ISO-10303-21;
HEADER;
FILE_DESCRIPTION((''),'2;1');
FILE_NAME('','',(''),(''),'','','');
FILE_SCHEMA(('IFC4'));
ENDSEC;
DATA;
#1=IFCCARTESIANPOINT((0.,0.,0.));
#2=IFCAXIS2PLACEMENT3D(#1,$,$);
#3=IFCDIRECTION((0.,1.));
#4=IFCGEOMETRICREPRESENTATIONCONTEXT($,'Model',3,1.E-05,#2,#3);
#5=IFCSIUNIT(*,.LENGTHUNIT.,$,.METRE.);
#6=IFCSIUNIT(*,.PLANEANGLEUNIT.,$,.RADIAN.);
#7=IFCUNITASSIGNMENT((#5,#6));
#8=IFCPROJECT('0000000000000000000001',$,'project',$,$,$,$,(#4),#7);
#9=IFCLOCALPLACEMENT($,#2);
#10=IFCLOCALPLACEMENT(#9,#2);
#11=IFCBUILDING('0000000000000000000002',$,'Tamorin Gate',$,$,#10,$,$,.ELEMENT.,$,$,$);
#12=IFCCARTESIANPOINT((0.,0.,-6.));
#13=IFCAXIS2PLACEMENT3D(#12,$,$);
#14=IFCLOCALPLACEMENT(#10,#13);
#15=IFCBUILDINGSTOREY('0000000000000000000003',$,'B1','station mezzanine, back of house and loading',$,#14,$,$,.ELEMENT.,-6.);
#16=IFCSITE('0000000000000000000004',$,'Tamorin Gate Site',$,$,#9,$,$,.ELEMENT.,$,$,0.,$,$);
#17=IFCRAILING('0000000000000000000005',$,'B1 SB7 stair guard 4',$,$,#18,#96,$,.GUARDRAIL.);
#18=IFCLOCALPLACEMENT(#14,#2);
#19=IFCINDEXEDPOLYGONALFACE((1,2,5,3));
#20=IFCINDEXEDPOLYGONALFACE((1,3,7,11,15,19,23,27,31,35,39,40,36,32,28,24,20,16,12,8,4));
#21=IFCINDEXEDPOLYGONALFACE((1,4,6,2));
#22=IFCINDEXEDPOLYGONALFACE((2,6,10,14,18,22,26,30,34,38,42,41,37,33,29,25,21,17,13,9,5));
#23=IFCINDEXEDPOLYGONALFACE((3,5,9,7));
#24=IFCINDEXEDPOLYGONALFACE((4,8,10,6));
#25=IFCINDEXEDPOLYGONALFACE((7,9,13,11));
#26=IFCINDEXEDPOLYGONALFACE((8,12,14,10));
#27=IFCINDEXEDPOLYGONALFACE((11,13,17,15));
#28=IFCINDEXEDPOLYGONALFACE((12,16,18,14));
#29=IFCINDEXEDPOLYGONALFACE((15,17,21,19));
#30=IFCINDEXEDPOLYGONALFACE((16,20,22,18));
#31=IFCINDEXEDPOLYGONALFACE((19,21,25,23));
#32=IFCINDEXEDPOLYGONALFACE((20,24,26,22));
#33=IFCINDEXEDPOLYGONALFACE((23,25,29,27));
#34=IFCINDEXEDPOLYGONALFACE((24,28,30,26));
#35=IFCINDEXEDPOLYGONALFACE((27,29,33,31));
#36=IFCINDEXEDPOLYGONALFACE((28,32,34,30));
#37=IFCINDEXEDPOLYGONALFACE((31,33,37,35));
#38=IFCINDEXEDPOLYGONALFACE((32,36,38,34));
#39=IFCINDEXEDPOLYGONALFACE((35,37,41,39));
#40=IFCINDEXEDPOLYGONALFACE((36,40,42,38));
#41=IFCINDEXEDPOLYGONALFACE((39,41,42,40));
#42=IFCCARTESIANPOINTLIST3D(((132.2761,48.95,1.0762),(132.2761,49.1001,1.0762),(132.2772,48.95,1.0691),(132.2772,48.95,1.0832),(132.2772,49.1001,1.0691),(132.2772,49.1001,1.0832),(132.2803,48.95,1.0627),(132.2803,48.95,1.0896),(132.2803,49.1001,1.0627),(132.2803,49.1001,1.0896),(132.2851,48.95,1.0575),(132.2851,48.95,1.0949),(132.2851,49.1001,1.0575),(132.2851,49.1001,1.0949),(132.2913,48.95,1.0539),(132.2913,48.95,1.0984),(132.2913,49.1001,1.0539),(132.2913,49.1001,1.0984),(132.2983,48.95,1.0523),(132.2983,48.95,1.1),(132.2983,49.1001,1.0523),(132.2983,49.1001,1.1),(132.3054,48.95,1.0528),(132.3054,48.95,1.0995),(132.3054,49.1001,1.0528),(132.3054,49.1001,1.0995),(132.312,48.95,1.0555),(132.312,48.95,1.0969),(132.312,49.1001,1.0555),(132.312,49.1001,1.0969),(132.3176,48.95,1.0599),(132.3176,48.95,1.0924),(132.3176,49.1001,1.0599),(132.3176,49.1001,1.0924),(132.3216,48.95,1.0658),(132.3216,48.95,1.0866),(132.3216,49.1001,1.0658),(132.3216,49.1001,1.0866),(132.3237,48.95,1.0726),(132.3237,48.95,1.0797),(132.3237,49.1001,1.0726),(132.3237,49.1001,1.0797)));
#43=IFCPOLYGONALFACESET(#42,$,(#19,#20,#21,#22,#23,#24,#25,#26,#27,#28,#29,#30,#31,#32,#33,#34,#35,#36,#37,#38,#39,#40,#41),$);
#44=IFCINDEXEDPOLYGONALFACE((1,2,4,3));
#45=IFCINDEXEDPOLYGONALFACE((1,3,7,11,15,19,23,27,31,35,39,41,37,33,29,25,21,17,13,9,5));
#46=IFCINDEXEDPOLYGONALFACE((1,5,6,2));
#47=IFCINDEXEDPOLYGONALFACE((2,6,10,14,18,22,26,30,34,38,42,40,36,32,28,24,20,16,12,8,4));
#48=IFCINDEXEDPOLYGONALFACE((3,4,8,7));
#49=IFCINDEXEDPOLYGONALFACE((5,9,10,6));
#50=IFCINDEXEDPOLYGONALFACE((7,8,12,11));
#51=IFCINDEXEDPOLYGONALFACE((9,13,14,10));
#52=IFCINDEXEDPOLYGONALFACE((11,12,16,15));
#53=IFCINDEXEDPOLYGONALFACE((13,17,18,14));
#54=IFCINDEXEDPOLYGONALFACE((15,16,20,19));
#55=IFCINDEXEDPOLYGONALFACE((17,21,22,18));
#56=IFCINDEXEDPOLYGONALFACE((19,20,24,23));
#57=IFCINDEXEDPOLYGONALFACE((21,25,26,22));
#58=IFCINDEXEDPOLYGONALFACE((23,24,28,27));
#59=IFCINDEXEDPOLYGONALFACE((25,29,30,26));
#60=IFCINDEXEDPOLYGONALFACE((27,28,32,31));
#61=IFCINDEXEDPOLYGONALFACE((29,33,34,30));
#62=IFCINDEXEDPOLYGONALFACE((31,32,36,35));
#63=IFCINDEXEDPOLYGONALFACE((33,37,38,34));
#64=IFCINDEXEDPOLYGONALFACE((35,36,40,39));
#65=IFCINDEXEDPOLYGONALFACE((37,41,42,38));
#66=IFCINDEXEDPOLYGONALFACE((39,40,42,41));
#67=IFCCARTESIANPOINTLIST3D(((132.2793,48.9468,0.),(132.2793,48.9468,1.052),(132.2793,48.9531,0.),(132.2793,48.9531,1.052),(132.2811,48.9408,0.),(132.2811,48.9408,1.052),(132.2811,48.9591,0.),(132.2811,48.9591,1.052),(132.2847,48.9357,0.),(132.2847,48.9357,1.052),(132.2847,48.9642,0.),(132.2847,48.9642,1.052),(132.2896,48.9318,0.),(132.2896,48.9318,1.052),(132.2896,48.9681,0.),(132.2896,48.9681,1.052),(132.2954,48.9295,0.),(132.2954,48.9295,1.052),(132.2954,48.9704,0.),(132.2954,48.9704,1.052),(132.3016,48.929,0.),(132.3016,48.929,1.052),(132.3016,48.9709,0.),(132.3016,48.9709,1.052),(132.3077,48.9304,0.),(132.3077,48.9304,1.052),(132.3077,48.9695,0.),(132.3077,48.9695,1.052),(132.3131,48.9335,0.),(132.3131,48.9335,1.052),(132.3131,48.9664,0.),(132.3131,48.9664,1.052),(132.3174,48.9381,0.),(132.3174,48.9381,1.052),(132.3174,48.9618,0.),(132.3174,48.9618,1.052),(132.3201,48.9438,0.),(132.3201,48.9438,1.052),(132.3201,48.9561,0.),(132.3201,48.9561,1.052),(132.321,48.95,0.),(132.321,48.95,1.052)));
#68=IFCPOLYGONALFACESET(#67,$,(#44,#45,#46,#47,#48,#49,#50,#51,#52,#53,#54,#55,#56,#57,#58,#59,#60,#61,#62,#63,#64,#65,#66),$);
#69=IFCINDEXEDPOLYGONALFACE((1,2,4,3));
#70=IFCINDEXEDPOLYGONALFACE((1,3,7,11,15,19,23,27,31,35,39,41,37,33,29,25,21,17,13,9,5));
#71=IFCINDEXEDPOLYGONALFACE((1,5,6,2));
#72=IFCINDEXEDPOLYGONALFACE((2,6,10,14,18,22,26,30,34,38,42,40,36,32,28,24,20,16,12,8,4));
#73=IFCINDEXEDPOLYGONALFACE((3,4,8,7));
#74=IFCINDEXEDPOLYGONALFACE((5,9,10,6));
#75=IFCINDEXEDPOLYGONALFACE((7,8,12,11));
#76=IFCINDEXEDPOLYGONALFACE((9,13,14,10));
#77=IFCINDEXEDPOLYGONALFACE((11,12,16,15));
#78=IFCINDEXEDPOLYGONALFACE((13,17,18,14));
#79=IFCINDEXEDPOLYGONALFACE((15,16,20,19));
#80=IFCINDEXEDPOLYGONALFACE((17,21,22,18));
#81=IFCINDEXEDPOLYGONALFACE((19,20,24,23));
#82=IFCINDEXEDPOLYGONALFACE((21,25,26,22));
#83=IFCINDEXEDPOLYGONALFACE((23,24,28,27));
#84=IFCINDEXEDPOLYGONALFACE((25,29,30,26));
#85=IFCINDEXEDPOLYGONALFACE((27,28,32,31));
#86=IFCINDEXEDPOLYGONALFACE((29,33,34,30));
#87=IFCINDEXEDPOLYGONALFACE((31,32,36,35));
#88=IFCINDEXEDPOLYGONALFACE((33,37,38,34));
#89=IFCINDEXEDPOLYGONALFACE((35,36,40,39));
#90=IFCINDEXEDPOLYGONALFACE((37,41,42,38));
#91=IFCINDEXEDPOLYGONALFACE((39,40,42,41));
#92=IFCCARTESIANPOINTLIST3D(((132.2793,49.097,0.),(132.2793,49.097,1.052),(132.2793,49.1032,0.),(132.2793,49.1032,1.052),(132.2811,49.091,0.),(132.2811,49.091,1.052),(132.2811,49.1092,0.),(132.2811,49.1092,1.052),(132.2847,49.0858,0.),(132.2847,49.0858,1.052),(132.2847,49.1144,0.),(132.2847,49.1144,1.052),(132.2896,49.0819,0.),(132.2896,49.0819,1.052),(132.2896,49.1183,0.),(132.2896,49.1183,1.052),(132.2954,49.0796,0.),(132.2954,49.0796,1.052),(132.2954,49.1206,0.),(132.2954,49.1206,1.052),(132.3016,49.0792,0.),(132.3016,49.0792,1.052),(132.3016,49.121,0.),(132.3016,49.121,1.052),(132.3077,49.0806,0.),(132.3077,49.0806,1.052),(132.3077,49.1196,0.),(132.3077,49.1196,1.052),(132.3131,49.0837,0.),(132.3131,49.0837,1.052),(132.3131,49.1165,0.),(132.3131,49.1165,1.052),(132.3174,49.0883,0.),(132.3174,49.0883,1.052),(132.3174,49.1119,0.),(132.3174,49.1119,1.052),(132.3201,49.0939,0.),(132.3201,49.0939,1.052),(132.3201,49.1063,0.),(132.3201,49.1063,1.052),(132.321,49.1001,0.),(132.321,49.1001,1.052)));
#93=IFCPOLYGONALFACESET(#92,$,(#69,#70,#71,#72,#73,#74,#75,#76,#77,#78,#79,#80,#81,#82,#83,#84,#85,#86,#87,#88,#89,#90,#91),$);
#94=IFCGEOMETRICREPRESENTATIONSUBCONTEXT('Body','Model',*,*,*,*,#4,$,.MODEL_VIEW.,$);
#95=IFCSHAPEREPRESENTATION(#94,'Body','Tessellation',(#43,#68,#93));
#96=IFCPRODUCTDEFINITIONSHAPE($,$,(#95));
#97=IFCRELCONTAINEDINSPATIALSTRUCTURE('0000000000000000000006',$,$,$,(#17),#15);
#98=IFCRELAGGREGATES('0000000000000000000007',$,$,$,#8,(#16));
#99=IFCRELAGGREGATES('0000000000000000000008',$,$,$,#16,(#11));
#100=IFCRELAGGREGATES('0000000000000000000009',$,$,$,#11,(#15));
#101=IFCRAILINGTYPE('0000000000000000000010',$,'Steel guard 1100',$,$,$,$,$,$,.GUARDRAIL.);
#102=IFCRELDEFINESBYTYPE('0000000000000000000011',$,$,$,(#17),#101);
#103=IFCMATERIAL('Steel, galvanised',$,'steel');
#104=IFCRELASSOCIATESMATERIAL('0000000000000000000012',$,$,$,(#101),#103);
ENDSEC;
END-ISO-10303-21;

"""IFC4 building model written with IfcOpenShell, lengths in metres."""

from ifc_helpers import new_model, si_unit, direction, frame, origin, origin_2d, place, context, subcontext, project, spatial, circle, extrude, material, type_object, element, save


model = new_model("IFC4")

# Units and contexts
model_context = context("Model", 3, precision=1e-05, world=origin(), true_north=direction((0.0, 1.0)))
body_context = subcontext(model_context, "Body", "Model", "MODEL_VIEW")
ifc_project = project(units=[si_unit("LENGTHUNIT", "METRE"), si_unit("PLANEANGLEUNIT", "RADIAN")], contexts=[model_context])

# Site, building, storey
site_placement = place(None, origin())
site = spatial("IfcSite", under=ifc_project, at=site_placement, Name="Tamorin Gate Site", CompositionType="ELEMENT", RefElevation=0.0)
building_placement = place(site_placement, origin())
building = spatial("IfcBuilding", under=site, at=building_placement, Name="Tamorin Gate", CompositionType="ELEMENT")
storey_placement = place(building_placement, frame((0.0, 0.0, -6.0)))
storey = spatial("IfcBuildingStorey", under=building, at=storey_placement, Name="B1", Description="station mezzanine, back of house and loading", CompositionType="ELEMENT", Elevation=-6.0)

# Railing
ifc_material_1 = material(Name="Steel, galvanised", Category="steel")
railing_type_1 = type_object("IfcRailingType", Name="Steel guard 1100", PredefinedType="GUARDRAIL", material=ifc_material_1)
railing_1_placement = place(storey_placement, frame((132.3, 48.95, 0.0)))
element("IfcRailing", 1, at=railing_1_placement, inside=storey, type_object=railing_type_1, Name="B1 SB7 stair guard 4", PredefinedType="GUARDRAIL", context=body_context, shape_type="SweptSolid", body=[
    extrude(circle(Radius=0.0239, at=origin_2d()), frame((0.0, 0.0, 1.0762), z_axis=(0.0, 1.0, 0.0), x_axis=(-1.0, 0.0, 0.0)), (0.0, 0.0, 1.0), 0.1501),
    extrude(circle(Radius=0.021, at=origin_2d()), origin(), (0.0, 0.0, 1.0), 1.052),
    extrude(circle(Radius=0.021, at=origin_2d()), frame((0.0, 0.1501, 0.0)), (0.0, 0.0, 1.0), 1.052),
])

save(model, "model.ifc")
